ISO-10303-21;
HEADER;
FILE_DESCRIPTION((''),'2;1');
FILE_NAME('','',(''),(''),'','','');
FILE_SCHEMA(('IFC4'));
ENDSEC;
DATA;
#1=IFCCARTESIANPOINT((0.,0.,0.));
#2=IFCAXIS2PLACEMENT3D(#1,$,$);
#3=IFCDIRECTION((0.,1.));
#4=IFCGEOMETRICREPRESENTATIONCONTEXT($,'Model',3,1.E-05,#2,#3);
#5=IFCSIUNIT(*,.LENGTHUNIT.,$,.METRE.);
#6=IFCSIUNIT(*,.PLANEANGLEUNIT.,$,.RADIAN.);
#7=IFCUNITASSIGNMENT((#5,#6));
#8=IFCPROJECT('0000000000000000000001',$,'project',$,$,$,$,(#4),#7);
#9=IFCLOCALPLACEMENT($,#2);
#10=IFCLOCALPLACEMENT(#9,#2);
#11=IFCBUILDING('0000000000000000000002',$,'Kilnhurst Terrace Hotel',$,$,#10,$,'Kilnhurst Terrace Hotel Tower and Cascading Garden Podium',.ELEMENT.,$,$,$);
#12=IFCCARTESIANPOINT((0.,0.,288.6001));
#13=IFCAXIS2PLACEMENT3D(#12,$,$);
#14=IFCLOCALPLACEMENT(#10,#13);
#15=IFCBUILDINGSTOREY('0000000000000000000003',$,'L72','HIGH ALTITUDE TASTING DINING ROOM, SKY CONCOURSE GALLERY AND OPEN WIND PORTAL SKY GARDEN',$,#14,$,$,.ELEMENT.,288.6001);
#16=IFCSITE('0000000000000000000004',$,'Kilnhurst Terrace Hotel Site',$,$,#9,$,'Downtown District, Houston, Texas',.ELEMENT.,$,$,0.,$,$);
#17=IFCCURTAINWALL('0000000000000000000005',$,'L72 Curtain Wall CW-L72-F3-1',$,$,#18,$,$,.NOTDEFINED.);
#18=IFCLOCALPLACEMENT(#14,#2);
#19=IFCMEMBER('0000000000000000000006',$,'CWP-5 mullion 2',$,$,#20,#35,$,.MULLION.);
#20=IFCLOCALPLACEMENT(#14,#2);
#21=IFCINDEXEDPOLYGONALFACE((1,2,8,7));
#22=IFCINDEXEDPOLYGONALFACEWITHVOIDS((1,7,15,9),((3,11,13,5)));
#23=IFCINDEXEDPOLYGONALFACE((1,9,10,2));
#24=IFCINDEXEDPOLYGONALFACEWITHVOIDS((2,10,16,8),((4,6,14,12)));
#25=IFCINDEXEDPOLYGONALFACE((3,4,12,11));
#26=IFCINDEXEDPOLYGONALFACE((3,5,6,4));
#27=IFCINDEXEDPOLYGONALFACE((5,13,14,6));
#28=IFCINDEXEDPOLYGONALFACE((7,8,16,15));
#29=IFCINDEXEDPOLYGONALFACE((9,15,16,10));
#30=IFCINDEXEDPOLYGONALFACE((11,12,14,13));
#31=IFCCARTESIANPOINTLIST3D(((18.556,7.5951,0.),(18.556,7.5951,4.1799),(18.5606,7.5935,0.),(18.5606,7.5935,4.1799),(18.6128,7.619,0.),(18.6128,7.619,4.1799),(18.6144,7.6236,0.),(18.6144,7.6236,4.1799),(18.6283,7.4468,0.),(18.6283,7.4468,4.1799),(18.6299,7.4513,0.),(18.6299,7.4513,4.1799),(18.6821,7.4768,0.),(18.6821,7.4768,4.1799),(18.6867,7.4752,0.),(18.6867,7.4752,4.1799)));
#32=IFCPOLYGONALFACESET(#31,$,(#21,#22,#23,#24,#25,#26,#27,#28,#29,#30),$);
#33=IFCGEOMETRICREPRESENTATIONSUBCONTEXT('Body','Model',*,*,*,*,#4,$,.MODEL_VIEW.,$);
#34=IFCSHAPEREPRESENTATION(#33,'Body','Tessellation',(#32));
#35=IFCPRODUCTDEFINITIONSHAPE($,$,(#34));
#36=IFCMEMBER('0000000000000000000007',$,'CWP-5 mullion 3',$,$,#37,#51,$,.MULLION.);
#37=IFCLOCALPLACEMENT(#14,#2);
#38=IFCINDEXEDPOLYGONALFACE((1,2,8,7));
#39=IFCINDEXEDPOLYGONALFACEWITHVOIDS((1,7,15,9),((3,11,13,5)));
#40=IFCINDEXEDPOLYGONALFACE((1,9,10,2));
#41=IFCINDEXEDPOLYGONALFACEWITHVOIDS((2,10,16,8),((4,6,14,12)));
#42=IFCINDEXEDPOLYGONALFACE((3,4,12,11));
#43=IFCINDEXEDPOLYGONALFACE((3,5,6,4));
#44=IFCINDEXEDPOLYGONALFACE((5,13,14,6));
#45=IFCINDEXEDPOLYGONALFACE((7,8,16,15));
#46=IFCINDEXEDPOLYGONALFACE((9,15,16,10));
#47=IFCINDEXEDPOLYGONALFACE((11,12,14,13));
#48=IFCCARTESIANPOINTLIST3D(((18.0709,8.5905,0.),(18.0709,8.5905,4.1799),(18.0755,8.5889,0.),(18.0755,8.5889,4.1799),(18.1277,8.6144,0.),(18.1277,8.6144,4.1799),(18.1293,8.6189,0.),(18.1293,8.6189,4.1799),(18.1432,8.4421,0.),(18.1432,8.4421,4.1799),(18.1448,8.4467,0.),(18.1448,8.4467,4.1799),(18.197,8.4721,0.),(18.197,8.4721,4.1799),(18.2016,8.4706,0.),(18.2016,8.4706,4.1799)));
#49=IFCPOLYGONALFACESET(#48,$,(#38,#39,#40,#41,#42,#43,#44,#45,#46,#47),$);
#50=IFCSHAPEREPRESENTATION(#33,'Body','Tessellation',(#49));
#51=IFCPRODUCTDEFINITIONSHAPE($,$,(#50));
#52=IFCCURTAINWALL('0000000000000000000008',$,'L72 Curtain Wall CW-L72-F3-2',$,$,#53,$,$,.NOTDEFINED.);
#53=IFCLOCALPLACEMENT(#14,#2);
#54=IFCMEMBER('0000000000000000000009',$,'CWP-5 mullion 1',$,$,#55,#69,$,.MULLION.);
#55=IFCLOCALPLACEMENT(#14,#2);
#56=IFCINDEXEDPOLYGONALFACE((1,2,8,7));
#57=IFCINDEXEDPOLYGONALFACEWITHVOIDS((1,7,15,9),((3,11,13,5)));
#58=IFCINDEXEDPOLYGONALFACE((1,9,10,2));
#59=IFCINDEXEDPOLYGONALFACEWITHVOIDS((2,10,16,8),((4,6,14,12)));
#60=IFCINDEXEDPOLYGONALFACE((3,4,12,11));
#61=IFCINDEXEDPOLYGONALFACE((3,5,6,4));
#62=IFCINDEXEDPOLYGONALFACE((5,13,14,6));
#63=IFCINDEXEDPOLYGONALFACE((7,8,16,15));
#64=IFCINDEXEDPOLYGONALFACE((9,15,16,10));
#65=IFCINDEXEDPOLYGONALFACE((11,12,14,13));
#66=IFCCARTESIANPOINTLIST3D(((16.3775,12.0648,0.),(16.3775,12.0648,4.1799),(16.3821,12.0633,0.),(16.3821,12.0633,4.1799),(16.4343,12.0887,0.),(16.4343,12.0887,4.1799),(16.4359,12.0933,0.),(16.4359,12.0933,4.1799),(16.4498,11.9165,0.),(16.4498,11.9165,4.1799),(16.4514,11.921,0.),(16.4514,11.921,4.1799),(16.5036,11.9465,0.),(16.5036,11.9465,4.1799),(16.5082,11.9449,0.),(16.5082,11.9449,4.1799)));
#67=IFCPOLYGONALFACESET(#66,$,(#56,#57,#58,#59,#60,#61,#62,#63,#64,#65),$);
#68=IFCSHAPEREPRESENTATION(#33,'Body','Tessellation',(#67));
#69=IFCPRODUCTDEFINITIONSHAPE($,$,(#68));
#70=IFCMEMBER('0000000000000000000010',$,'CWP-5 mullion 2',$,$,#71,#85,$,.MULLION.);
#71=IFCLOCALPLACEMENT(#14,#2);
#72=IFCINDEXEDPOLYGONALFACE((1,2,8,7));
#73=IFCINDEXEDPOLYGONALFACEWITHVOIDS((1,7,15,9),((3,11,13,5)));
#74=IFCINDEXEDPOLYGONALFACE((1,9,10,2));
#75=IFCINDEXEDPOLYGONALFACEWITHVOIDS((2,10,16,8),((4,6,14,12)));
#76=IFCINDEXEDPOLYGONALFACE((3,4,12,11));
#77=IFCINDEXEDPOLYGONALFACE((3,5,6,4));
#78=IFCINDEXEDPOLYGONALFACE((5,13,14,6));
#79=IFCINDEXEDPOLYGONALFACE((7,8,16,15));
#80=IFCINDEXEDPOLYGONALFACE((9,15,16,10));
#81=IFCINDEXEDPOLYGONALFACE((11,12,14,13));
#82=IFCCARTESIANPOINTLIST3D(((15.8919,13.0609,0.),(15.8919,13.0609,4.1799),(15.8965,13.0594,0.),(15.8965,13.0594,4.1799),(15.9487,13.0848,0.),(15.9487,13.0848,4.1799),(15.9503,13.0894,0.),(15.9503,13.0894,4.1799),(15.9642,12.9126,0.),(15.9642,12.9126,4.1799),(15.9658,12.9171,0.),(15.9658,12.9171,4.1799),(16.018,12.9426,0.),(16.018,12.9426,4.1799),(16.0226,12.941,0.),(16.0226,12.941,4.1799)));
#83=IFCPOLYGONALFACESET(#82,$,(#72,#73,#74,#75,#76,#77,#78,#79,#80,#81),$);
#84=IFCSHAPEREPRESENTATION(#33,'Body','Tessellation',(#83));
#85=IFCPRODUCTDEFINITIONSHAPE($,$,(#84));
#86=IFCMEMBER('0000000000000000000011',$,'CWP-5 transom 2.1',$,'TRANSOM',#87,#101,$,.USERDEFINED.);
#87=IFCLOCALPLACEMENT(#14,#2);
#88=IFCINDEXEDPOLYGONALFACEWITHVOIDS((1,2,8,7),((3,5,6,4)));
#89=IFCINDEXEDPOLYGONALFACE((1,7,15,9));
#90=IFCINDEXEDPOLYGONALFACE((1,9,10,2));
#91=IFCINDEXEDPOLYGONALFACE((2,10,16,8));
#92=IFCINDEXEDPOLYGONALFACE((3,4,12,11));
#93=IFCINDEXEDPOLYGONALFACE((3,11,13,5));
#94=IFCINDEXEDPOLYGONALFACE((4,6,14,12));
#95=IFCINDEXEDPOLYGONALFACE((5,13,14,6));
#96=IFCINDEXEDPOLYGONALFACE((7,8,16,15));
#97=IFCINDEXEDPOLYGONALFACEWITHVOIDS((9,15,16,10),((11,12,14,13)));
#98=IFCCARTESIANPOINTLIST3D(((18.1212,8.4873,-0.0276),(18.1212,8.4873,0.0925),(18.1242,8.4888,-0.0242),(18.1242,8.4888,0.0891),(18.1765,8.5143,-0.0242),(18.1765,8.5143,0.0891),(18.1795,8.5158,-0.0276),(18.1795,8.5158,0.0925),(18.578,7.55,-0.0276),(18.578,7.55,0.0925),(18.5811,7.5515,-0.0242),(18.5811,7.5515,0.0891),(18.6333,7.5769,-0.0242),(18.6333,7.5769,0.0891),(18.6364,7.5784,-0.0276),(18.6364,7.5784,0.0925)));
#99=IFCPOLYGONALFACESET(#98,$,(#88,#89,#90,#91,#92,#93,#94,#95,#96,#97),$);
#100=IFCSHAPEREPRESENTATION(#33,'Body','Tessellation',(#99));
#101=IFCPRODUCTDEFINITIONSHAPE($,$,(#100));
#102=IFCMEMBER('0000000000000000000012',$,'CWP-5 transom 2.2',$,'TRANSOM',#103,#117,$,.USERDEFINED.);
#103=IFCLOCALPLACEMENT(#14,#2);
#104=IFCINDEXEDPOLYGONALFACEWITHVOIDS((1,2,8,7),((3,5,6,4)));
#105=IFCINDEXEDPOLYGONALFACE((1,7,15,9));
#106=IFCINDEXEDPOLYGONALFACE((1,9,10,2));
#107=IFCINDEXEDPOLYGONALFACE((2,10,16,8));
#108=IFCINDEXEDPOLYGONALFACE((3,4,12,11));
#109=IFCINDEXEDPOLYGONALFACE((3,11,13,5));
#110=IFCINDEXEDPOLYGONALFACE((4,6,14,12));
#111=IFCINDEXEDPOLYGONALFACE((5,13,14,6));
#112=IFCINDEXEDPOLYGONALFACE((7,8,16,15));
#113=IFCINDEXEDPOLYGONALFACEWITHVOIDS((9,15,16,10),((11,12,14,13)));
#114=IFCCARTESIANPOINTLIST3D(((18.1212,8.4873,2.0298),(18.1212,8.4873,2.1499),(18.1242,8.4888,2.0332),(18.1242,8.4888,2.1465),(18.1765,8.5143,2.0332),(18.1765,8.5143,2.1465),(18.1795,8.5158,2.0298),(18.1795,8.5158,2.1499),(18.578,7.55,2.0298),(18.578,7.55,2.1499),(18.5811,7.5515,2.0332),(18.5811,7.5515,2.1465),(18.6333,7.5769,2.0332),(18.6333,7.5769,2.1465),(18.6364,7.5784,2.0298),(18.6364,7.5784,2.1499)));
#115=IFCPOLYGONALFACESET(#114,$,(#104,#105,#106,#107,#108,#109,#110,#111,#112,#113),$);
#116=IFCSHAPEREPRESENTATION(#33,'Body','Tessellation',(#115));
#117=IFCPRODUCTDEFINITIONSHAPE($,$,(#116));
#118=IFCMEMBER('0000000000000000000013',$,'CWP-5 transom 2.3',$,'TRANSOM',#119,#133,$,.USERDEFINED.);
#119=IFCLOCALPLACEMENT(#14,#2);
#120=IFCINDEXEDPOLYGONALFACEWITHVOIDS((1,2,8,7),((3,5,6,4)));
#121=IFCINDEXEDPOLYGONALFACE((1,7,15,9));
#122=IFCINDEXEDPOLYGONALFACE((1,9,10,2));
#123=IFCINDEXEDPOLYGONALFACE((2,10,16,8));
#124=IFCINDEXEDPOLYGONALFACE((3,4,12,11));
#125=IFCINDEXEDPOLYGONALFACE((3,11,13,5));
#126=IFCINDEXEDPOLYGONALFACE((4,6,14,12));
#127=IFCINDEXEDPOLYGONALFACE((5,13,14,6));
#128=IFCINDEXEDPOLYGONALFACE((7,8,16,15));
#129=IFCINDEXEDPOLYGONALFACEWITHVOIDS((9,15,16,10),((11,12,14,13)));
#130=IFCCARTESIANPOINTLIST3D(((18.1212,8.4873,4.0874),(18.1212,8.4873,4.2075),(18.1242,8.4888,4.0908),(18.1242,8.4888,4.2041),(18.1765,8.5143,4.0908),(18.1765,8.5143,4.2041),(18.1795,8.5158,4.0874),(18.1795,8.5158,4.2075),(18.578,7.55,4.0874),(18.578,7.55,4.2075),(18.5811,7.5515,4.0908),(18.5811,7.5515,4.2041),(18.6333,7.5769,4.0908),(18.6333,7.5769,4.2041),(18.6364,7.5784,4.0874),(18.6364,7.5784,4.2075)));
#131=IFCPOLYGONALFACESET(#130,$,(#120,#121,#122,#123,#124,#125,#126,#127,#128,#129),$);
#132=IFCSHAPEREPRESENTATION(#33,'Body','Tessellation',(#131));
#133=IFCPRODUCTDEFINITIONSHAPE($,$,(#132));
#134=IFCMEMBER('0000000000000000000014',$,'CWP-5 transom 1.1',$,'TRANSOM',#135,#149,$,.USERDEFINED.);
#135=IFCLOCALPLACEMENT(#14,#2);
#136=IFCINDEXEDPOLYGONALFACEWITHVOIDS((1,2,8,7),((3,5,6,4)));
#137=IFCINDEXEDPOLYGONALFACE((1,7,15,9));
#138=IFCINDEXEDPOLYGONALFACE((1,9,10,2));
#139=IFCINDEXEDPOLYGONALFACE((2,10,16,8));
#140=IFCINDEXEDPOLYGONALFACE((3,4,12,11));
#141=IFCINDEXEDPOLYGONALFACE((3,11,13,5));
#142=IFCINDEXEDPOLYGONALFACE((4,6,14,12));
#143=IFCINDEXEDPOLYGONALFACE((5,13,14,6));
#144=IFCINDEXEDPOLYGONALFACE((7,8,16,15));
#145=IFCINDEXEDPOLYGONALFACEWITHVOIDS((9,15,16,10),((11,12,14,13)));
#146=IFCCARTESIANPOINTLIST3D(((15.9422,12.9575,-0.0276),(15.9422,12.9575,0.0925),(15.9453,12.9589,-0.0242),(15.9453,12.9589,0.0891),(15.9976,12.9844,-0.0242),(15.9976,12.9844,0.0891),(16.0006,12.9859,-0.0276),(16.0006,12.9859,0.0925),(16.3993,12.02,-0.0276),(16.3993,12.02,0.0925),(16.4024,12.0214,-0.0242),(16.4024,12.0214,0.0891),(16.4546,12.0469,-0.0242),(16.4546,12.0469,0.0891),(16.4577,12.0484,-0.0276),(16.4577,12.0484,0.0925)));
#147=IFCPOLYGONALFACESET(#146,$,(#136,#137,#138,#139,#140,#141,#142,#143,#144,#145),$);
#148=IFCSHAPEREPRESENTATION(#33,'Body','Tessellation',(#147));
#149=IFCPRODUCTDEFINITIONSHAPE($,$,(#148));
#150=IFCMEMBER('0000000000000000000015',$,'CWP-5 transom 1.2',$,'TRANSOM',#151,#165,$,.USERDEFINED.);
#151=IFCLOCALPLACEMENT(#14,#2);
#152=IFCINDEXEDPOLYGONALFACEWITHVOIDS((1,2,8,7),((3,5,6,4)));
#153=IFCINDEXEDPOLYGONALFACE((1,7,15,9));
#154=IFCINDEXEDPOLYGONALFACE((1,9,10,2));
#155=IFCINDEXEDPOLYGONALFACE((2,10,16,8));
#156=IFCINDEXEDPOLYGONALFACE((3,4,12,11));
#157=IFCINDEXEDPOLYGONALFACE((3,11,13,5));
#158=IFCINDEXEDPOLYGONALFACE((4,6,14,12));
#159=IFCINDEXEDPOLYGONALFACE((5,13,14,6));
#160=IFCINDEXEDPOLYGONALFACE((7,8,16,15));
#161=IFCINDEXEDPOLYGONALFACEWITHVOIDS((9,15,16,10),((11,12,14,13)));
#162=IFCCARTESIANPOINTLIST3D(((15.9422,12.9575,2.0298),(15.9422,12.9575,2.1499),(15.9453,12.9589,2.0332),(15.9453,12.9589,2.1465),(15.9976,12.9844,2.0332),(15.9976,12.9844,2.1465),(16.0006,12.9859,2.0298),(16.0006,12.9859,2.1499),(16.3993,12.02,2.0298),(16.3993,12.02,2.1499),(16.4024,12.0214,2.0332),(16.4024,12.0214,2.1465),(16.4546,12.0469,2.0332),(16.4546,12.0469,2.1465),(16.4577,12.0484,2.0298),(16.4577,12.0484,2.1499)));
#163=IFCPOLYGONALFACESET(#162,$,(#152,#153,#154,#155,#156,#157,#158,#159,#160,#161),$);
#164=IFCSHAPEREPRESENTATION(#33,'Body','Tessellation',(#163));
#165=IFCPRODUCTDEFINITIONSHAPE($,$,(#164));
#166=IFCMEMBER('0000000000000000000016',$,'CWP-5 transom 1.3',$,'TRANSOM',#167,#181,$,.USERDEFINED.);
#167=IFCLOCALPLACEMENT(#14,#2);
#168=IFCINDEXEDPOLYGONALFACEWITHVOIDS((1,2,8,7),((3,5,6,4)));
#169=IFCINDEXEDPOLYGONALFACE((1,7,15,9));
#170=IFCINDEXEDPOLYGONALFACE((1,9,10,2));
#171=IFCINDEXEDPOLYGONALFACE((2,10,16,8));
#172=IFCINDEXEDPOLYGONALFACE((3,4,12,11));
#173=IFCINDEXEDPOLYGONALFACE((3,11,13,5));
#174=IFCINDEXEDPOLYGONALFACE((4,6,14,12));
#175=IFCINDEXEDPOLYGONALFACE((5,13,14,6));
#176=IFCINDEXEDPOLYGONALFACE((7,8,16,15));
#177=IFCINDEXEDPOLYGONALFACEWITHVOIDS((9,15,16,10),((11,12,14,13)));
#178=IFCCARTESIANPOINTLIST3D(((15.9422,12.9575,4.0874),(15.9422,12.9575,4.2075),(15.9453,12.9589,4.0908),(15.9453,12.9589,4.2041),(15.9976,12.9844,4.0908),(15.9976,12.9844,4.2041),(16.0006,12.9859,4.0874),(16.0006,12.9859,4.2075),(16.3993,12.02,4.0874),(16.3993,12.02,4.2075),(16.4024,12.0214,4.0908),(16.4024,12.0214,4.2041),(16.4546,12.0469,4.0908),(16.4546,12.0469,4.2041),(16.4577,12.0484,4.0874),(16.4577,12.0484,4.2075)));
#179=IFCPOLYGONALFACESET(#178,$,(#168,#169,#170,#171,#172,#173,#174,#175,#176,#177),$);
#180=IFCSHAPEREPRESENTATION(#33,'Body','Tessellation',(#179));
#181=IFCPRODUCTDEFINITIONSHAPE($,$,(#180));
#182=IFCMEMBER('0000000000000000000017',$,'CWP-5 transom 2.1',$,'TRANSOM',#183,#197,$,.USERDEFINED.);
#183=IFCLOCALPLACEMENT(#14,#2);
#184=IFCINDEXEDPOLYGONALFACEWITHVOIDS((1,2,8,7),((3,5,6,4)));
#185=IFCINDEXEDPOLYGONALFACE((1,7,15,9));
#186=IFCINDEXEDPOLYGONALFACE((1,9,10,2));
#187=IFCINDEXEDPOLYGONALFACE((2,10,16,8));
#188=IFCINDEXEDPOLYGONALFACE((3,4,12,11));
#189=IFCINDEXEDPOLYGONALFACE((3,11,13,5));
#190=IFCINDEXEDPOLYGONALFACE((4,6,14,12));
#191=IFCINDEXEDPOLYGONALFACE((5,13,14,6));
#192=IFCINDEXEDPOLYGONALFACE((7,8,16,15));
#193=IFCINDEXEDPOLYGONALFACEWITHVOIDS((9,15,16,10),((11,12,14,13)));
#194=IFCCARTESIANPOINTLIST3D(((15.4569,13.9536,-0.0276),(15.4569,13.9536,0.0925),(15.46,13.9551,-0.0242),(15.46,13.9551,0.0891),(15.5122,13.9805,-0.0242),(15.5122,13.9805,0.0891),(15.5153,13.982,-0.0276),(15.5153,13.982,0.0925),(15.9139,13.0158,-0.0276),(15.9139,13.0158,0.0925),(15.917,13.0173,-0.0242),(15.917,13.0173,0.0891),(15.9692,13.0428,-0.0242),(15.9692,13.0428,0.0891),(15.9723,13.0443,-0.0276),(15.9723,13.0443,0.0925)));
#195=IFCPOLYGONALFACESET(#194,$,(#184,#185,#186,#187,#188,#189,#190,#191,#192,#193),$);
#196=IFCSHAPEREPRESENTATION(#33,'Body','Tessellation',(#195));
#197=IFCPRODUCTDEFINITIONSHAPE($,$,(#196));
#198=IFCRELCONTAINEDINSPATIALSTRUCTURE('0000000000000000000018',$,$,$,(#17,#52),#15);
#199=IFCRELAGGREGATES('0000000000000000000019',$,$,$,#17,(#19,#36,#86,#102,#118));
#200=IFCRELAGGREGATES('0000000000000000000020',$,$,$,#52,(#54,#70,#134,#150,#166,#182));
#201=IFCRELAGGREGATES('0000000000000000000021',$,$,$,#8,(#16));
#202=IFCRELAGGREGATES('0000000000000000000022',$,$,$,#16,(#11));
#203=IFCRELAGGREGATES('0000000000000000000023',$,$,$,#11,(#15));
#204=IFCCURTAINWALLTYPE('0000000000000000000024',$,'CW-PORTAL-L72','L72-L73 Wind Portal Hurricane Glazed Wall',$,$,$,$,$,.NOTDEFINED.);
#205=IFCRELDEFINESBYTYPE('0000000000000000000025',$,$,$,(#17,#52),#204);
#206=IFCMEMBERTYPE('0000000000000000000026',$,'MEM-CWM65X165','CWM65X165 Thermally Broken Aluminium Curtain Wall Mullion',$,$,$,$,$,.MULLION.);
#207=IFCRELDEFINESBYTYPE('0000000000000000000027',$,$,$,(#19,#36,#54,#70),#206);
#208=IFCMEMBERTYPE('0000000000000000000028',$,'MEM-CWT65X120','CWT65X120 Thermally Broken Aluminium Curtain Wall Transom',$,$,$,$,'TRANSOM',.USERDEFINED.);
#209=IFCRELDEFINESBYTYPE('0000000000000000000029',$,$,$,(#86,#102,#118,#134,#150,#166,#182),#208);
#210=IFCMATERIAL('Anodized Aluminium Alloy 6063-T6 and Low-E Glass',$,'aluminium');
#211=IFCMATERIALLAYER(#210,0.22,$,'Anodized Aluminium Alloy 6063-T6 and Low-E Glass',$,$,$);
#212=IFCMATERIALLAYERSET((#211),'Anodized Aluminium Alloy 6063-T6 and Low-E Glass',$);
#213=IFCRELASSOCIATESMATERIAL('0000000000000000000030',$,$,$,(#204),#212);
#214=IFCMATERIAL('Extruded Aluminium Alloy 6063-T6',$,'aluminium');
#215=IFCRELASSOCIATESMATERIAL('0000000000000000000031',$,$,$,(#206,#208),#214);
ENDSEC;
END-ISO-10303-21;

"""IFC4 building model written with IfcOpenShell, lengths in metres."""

from ifc_helpers import new_model, si_unit, direction, frame, origin, origin_2d, place, context, subcontext, project, spatial, hollow_rectangle, extrude, material, layer, layer_set, material_profile, profile_set, type_object, element, aggregate, save


model = new_model("IFC4")

# Units and contexts
model_context = context("Model", 3, precision=1e-05, world=origin(), true_north=direction((0.0, 1.0)))
body_context = subcontext(model_context, "Body", "Model", "MODEL_VIEW")
ifc_project = project(units=[si_unit("LENGTHUNIT", "METRE"), si_unit("PLANEANGLEUNIT", "RADIAN")], contexts=[model_context])

# Site, building, storey
site_placement = place(None, origin())
site = spatial("IfcSite", under=ifc_project, at=site_placement, Name="Kilnhurst Terrace Hotel Site", LongName="Downtown District, Houston, Texas", CompositionType="ELEMENT", RefElevation=0.0)
building_placement = place(site_placement, origin())
building = spatial("IfcBuilding", under=site, at=building_placement, Name="Kilnhurst Terrace Hotel", LongName="Kilnhurst Terrace Hotel Tower and Cascading Garden Podium", CompositionType="ELEMENT")
storey_placement = place(building_placement, frame((0.0, 0.0, 288.6001)))
storey = spatial("IfcBuildingStorey", under=building, at=storey_placement, Name="L72", Description="HIGH ALTITUDE TASTING DINING ROOM, SKY CONCOURSE GALLERY AND OPEN WIND PORTAL SKY GARDEN", CompositionType="ELEMENT", Elevation=288.6001)

# Curtain walls, members
ifc_material_1 = material(Name="Anodized Aluminium Alloy 6063-T6 and Low-E Glass", Category="aluminium")
ifc_layer_1 = layer(ifc_material_1, 0.22, Name="Anodized Aluminium Alloy 6063-T6 and Low-E Glass")
ifc_layer_set_1 = layer_set([ifc_layer_1], Name="Anodized Aluminium Alloy 6063-T6 and Low-E Glass")
curtain_wall_type = type_object("IfcCurtainWallType", Name="CW-PORTAL-L72", Description="L72-L73 Wind Portal Hurricane Glazed Wall", PredefinedType="NOTDEFINED", material=ifc_layer_set_1)
curtain_wall_1_placement = place(storey_placement, origin())
curtain_wall_1 = element("IfcCurtainWall", 1, at=curtain_wall_1_placement, inside=storey, type_object=curtain_wall_type, Name="L72 Curtain Wall CW-L72-F3-1", PredefinedType="NOTDEFINED")
ifc_material_2 = material(Name="Extruded Aluminium Alloy 6063-T6", Category="aluminium")
ifc_material_profile_1 = material_profile(ifc_material_2, hollow_rectangle(XDim=0.0649, YDim=0.165, WallThickness=0.0034, at=origin_2d()), Name="CWM65X165")
ifc_profile_set_1 = profile_set([ifc_material_profile_1], Name="Extruded Aluminium Alloy 6063-T6")
member_type_1 = type_object("IfcMemberType", Name="MEM-CWM65X165", Description="CWM65X165 Thermally Broken Aluminium Curtain Wall Mullion", PredefinedType="MULLION", material=ifc_profile_set_1)
member_1_placement = place(storey_placement, frame((18.6213, 7.5352, 0.0), z_axis=(0.0, 0.0, 1.0), x_axis=(-0.898916, -0.43812, 0.0)))
member_1 = element("IfcMember", 2, at=member_1_placement, type_object=member_type_1, Name="CWP-5 mullion 2", PredefinedType="MULLION", context=body_context, shape_type="SweptSolid", body=[
    extrude(hollow_rectangle(XDim=0.0649, YDim=0.165, WallThickness=0.0034, at=origin_2d()), origin(), (0.0, 0.0, 1.0), 4.1799),
])
member_2_placement = place(storey_placement, frame((18.1362, 8.5305, 0.0), z_axis=(0.0, 0.0, 1.0), x_axis=(-0.898916, -0.43812, 0.0)))
member_2 = element("IfcMember", 3, at=member_2_placement, type_object=member_type_1, Name="CWP-5 mullion 3", PredefinedType="MULLION", context=body_context, shape_type="SweptSolid", body=[
    extrude(hollow_rectangle(XDim=0.0649, YDim=0.165, WallThickness=0.0034, at=origin_2d()), origin(), (0.0, 0.0, 1.0), 4.1799),
])
curtain_wall_2_placement = place(storey_placement, origin())
curtain_wall_2 = element("IfcCurtainWall", 4, at=curtain_wall_2_placement, inside=storey, type_object=curtain_wall_type, Name="L72 Curtain Wall CW-L72-F3-2", PredefinedType="NOTDEFINED")
member_3_placement = place(storey_placement, frame((16.4429, 12.0049, 0.0), z_axis=(0.0, 0.0, 1.0), x_axis=(-0.898906, -0.438142, 0.0)))
member_3 = element("IfcMember", 5, at=member_3_placement, type_object=member_type_1, Name="CWP-5 mullion 1", PredefinedType="MULLION", context=body_context, shape_type="SweptSolid", body=[
    extrude(hollow_rectangle(XDim=0.0649, YDim=0.165, WallThickness=0.0034, at=origin_2d()), origin(), (0.0, 0.0, 1.0), 4.1799),
])
member_4_placement = place(storey_placement, frame((15.9573, 13.001, 0.0), z_axis=(0.0, 0.0, 1.0), x_axis=(-0.898906, -0.438142, 0.0)))
member_4 = element("IfcMember", 6, at=member_4_placement, type_object=member_type_1, Name="CWP-5 mullion 2", PredefinedType="MULLION", context=body_context, shape_type="SweptSolid", body=[
    extrude(hollow_rectangle(XDim=0.0649, YDim=0.165, WallThickness=0.0034, at=origin_2d()), origin(), (0.0, 0.0, 1.0), 4.1799),
])

# Members
ifc_material_profile_2 = material_profile(ifc_material_2, hollow_rectangle(XDim=0.0649, YDim=0.1201, WallThickness=0.0034, at=origin_2d()), Name="CWT65X120")
ifc_profile_set_2 = profile_set([ifc_material_profile_2], Name="Extruded Aluminium Alloy 6063-T6")
member_type_2 = type_object("IfcMemberType", Name="MEM-CWT65X120", Description="CWT65X120 Thermally Broken Aluminium Curtain Wall Transom", ElementType="TRANSOM", PredefinedType="USERDEFINED", material=ifc_profile_set_2)
member_5_placement = place(storey_placement, frame((18.6072, 7.5642, 0.0325), z_axis=(-0.438105, 0.898924, 0.0), x_axis=(-0.898924, -0.438105, 0.0)))
member_5 = element("IfcMember", 7, at=member_5_placement, type_object=member_type_2, Name="CWP-5 transom 2.1", ObjectType="TRANSOM", PredefinedType="USERDEFINED", context=body_context, shape_type="SweptSolid", body=[
    extrude(hollow_rectangle(XDim=0.0649, YDim=0.1201, WallThickness=0.0034, at=origin_2d()), origin(), (0.0, 0.0, 1.0), 1.0427),
])
member_6_placement = place(storey_placement, frame((18.6072, 7.5642, 2.0898), z_axis=(-0.438105, 0.898924, 0.0), x_axis=(-0.898924, -0.438105, 0.0)))
member_6 = element("IfcMember", 8, at=member_6_placement, type_object=member_type_2, Name="CWP-5 transom 2.2", ObjectType="TRANSOM", PredefinedType="USERDEFINED", context=body_context, shape_type="SweptSolid", body=[
    extrude(hollow_rectangle(XDim=0.0649, YDim=0.1201, WallThickness=0.0034, at=origin_2d()), origin(), (0.0, 0.0, 1.0), 1.0427),
])
member_7_placement = place(storey_placement, frame((18.6072, 7.5642, 4.1475), z_axis=(-0.438105, 0.898924, 0.0), x_axis=(-0.898924, -0.438105, 0.0)))
member_7 = element("IfcMember", 9, at=member_7_placement, type_object=member_type_2, Name="CWP-5 transom 2.3", ObjectType="TRANSOM", PredefinedType="USERDEFINED", context=body_context, shape_type="SweptSolid", body=[
    extrude(hollow_rectangle(XDim=0.0649, YDim=0.1201, WallThickness=0.0034, at=origin_2d()), origin(), (0.0, 0.0, 1.0), 1.0427),
])
member_8_placement = place(storey_placement, frame((16.4285, 12.0342, 0.0325), z_axis=(-0.438202, 0.898876, 0.0), x_axis=(-0.898876, -0.438202, 0.0)))
member_8 = element("IfcMember", 10, at=member_8_placement, type_object=member_type_2, Name="CWP-5 transom 1.1", ObjectType="TRANSOM", PredefinedType="USERDEFINED", context=body_context, shape_type="SweptSolid", body=[
    extrude(hollow_rectangle(XDim=0.0649, YDim=0.1201, WallThickness=0.0034, at=origin_2d()), origin(), (0.0, 0.0, 1.0), 1.043),
])
member_9_placement = place(storey_placement, frame((16.4285, 12.0342, 2.0898), z_axis=(-0.438202, 0.898876, 0.0), x_axis=(-0.898876, -0.438202, 0.0)))
member_9 = element("IfcMember", 11, at=member_9_placement, type_object=member_type_2, Name="CWP-5 transom 1.2", ObjectType="TRANSOM", PredefinedType="USERDEFINED", context=body_context, shape_type="SweptSolid", body=[
    extrude(hollow_rectangle(XDim=0.0649, YDim=0.1201, WallThickness=0.0034, at=origin_2d()), origin(), (0.0, 0.0, 1.0), 1.043),
])
member_10_placement = place(storey_placement, frame((16.4285, 12.0342, 4.1475), z_axis=(-0.438202, 0.898876, 0.0), x_axis=(-0.898876, -0.438202, 0.0)))
member_10 = element("IfcMember", 12, at=member_10_placement, type_object=member_type_2, Name="CWP-5 transom 1.3", ObjectType="TRANSOM", PredefinedType="USERDEFINED", context=body_context, shape_type="SweptSolid", body=[
    extrude(hollow_rectangle(XDim=0.0649, YDim=0.1201, WallThickness=0.0034, at=origin_2d()), origin(), (0.0, 0.0, 1.0), 1.043),
])
member_11_placement = place(storey_placement, frame((15.9431, 13.03, 0.0325), z_axis=(-0.43811, 0.898921, 0.0), x_axis=(-0.898921, -0.43811, 0.0)))
member_11 = element("IfcMember", 13, at=member_11_placement, type_object=member_type_2, Name="CWP-5 transom 2.1", ObjectType="TRANSOM", PredefinedType="USERDEFINED", context=body_context, shape_type="SweptSolid", body=[
    extrude(hollow_rectangle(XDim=0.0649, YDim=0.1201, WallThickness=0.0034, at=origin_2d()), origin(), (0.0, 0.0, 1.0), 1.0432),
])

aggregate(curtain_wall_1, [member_1, member_2, member_5, member_6, member_7])
aggregate(curtain_wall_2, [member_3, member_4, member_8, member_9, member_10, member_11])

save(model, "model.ifc")
